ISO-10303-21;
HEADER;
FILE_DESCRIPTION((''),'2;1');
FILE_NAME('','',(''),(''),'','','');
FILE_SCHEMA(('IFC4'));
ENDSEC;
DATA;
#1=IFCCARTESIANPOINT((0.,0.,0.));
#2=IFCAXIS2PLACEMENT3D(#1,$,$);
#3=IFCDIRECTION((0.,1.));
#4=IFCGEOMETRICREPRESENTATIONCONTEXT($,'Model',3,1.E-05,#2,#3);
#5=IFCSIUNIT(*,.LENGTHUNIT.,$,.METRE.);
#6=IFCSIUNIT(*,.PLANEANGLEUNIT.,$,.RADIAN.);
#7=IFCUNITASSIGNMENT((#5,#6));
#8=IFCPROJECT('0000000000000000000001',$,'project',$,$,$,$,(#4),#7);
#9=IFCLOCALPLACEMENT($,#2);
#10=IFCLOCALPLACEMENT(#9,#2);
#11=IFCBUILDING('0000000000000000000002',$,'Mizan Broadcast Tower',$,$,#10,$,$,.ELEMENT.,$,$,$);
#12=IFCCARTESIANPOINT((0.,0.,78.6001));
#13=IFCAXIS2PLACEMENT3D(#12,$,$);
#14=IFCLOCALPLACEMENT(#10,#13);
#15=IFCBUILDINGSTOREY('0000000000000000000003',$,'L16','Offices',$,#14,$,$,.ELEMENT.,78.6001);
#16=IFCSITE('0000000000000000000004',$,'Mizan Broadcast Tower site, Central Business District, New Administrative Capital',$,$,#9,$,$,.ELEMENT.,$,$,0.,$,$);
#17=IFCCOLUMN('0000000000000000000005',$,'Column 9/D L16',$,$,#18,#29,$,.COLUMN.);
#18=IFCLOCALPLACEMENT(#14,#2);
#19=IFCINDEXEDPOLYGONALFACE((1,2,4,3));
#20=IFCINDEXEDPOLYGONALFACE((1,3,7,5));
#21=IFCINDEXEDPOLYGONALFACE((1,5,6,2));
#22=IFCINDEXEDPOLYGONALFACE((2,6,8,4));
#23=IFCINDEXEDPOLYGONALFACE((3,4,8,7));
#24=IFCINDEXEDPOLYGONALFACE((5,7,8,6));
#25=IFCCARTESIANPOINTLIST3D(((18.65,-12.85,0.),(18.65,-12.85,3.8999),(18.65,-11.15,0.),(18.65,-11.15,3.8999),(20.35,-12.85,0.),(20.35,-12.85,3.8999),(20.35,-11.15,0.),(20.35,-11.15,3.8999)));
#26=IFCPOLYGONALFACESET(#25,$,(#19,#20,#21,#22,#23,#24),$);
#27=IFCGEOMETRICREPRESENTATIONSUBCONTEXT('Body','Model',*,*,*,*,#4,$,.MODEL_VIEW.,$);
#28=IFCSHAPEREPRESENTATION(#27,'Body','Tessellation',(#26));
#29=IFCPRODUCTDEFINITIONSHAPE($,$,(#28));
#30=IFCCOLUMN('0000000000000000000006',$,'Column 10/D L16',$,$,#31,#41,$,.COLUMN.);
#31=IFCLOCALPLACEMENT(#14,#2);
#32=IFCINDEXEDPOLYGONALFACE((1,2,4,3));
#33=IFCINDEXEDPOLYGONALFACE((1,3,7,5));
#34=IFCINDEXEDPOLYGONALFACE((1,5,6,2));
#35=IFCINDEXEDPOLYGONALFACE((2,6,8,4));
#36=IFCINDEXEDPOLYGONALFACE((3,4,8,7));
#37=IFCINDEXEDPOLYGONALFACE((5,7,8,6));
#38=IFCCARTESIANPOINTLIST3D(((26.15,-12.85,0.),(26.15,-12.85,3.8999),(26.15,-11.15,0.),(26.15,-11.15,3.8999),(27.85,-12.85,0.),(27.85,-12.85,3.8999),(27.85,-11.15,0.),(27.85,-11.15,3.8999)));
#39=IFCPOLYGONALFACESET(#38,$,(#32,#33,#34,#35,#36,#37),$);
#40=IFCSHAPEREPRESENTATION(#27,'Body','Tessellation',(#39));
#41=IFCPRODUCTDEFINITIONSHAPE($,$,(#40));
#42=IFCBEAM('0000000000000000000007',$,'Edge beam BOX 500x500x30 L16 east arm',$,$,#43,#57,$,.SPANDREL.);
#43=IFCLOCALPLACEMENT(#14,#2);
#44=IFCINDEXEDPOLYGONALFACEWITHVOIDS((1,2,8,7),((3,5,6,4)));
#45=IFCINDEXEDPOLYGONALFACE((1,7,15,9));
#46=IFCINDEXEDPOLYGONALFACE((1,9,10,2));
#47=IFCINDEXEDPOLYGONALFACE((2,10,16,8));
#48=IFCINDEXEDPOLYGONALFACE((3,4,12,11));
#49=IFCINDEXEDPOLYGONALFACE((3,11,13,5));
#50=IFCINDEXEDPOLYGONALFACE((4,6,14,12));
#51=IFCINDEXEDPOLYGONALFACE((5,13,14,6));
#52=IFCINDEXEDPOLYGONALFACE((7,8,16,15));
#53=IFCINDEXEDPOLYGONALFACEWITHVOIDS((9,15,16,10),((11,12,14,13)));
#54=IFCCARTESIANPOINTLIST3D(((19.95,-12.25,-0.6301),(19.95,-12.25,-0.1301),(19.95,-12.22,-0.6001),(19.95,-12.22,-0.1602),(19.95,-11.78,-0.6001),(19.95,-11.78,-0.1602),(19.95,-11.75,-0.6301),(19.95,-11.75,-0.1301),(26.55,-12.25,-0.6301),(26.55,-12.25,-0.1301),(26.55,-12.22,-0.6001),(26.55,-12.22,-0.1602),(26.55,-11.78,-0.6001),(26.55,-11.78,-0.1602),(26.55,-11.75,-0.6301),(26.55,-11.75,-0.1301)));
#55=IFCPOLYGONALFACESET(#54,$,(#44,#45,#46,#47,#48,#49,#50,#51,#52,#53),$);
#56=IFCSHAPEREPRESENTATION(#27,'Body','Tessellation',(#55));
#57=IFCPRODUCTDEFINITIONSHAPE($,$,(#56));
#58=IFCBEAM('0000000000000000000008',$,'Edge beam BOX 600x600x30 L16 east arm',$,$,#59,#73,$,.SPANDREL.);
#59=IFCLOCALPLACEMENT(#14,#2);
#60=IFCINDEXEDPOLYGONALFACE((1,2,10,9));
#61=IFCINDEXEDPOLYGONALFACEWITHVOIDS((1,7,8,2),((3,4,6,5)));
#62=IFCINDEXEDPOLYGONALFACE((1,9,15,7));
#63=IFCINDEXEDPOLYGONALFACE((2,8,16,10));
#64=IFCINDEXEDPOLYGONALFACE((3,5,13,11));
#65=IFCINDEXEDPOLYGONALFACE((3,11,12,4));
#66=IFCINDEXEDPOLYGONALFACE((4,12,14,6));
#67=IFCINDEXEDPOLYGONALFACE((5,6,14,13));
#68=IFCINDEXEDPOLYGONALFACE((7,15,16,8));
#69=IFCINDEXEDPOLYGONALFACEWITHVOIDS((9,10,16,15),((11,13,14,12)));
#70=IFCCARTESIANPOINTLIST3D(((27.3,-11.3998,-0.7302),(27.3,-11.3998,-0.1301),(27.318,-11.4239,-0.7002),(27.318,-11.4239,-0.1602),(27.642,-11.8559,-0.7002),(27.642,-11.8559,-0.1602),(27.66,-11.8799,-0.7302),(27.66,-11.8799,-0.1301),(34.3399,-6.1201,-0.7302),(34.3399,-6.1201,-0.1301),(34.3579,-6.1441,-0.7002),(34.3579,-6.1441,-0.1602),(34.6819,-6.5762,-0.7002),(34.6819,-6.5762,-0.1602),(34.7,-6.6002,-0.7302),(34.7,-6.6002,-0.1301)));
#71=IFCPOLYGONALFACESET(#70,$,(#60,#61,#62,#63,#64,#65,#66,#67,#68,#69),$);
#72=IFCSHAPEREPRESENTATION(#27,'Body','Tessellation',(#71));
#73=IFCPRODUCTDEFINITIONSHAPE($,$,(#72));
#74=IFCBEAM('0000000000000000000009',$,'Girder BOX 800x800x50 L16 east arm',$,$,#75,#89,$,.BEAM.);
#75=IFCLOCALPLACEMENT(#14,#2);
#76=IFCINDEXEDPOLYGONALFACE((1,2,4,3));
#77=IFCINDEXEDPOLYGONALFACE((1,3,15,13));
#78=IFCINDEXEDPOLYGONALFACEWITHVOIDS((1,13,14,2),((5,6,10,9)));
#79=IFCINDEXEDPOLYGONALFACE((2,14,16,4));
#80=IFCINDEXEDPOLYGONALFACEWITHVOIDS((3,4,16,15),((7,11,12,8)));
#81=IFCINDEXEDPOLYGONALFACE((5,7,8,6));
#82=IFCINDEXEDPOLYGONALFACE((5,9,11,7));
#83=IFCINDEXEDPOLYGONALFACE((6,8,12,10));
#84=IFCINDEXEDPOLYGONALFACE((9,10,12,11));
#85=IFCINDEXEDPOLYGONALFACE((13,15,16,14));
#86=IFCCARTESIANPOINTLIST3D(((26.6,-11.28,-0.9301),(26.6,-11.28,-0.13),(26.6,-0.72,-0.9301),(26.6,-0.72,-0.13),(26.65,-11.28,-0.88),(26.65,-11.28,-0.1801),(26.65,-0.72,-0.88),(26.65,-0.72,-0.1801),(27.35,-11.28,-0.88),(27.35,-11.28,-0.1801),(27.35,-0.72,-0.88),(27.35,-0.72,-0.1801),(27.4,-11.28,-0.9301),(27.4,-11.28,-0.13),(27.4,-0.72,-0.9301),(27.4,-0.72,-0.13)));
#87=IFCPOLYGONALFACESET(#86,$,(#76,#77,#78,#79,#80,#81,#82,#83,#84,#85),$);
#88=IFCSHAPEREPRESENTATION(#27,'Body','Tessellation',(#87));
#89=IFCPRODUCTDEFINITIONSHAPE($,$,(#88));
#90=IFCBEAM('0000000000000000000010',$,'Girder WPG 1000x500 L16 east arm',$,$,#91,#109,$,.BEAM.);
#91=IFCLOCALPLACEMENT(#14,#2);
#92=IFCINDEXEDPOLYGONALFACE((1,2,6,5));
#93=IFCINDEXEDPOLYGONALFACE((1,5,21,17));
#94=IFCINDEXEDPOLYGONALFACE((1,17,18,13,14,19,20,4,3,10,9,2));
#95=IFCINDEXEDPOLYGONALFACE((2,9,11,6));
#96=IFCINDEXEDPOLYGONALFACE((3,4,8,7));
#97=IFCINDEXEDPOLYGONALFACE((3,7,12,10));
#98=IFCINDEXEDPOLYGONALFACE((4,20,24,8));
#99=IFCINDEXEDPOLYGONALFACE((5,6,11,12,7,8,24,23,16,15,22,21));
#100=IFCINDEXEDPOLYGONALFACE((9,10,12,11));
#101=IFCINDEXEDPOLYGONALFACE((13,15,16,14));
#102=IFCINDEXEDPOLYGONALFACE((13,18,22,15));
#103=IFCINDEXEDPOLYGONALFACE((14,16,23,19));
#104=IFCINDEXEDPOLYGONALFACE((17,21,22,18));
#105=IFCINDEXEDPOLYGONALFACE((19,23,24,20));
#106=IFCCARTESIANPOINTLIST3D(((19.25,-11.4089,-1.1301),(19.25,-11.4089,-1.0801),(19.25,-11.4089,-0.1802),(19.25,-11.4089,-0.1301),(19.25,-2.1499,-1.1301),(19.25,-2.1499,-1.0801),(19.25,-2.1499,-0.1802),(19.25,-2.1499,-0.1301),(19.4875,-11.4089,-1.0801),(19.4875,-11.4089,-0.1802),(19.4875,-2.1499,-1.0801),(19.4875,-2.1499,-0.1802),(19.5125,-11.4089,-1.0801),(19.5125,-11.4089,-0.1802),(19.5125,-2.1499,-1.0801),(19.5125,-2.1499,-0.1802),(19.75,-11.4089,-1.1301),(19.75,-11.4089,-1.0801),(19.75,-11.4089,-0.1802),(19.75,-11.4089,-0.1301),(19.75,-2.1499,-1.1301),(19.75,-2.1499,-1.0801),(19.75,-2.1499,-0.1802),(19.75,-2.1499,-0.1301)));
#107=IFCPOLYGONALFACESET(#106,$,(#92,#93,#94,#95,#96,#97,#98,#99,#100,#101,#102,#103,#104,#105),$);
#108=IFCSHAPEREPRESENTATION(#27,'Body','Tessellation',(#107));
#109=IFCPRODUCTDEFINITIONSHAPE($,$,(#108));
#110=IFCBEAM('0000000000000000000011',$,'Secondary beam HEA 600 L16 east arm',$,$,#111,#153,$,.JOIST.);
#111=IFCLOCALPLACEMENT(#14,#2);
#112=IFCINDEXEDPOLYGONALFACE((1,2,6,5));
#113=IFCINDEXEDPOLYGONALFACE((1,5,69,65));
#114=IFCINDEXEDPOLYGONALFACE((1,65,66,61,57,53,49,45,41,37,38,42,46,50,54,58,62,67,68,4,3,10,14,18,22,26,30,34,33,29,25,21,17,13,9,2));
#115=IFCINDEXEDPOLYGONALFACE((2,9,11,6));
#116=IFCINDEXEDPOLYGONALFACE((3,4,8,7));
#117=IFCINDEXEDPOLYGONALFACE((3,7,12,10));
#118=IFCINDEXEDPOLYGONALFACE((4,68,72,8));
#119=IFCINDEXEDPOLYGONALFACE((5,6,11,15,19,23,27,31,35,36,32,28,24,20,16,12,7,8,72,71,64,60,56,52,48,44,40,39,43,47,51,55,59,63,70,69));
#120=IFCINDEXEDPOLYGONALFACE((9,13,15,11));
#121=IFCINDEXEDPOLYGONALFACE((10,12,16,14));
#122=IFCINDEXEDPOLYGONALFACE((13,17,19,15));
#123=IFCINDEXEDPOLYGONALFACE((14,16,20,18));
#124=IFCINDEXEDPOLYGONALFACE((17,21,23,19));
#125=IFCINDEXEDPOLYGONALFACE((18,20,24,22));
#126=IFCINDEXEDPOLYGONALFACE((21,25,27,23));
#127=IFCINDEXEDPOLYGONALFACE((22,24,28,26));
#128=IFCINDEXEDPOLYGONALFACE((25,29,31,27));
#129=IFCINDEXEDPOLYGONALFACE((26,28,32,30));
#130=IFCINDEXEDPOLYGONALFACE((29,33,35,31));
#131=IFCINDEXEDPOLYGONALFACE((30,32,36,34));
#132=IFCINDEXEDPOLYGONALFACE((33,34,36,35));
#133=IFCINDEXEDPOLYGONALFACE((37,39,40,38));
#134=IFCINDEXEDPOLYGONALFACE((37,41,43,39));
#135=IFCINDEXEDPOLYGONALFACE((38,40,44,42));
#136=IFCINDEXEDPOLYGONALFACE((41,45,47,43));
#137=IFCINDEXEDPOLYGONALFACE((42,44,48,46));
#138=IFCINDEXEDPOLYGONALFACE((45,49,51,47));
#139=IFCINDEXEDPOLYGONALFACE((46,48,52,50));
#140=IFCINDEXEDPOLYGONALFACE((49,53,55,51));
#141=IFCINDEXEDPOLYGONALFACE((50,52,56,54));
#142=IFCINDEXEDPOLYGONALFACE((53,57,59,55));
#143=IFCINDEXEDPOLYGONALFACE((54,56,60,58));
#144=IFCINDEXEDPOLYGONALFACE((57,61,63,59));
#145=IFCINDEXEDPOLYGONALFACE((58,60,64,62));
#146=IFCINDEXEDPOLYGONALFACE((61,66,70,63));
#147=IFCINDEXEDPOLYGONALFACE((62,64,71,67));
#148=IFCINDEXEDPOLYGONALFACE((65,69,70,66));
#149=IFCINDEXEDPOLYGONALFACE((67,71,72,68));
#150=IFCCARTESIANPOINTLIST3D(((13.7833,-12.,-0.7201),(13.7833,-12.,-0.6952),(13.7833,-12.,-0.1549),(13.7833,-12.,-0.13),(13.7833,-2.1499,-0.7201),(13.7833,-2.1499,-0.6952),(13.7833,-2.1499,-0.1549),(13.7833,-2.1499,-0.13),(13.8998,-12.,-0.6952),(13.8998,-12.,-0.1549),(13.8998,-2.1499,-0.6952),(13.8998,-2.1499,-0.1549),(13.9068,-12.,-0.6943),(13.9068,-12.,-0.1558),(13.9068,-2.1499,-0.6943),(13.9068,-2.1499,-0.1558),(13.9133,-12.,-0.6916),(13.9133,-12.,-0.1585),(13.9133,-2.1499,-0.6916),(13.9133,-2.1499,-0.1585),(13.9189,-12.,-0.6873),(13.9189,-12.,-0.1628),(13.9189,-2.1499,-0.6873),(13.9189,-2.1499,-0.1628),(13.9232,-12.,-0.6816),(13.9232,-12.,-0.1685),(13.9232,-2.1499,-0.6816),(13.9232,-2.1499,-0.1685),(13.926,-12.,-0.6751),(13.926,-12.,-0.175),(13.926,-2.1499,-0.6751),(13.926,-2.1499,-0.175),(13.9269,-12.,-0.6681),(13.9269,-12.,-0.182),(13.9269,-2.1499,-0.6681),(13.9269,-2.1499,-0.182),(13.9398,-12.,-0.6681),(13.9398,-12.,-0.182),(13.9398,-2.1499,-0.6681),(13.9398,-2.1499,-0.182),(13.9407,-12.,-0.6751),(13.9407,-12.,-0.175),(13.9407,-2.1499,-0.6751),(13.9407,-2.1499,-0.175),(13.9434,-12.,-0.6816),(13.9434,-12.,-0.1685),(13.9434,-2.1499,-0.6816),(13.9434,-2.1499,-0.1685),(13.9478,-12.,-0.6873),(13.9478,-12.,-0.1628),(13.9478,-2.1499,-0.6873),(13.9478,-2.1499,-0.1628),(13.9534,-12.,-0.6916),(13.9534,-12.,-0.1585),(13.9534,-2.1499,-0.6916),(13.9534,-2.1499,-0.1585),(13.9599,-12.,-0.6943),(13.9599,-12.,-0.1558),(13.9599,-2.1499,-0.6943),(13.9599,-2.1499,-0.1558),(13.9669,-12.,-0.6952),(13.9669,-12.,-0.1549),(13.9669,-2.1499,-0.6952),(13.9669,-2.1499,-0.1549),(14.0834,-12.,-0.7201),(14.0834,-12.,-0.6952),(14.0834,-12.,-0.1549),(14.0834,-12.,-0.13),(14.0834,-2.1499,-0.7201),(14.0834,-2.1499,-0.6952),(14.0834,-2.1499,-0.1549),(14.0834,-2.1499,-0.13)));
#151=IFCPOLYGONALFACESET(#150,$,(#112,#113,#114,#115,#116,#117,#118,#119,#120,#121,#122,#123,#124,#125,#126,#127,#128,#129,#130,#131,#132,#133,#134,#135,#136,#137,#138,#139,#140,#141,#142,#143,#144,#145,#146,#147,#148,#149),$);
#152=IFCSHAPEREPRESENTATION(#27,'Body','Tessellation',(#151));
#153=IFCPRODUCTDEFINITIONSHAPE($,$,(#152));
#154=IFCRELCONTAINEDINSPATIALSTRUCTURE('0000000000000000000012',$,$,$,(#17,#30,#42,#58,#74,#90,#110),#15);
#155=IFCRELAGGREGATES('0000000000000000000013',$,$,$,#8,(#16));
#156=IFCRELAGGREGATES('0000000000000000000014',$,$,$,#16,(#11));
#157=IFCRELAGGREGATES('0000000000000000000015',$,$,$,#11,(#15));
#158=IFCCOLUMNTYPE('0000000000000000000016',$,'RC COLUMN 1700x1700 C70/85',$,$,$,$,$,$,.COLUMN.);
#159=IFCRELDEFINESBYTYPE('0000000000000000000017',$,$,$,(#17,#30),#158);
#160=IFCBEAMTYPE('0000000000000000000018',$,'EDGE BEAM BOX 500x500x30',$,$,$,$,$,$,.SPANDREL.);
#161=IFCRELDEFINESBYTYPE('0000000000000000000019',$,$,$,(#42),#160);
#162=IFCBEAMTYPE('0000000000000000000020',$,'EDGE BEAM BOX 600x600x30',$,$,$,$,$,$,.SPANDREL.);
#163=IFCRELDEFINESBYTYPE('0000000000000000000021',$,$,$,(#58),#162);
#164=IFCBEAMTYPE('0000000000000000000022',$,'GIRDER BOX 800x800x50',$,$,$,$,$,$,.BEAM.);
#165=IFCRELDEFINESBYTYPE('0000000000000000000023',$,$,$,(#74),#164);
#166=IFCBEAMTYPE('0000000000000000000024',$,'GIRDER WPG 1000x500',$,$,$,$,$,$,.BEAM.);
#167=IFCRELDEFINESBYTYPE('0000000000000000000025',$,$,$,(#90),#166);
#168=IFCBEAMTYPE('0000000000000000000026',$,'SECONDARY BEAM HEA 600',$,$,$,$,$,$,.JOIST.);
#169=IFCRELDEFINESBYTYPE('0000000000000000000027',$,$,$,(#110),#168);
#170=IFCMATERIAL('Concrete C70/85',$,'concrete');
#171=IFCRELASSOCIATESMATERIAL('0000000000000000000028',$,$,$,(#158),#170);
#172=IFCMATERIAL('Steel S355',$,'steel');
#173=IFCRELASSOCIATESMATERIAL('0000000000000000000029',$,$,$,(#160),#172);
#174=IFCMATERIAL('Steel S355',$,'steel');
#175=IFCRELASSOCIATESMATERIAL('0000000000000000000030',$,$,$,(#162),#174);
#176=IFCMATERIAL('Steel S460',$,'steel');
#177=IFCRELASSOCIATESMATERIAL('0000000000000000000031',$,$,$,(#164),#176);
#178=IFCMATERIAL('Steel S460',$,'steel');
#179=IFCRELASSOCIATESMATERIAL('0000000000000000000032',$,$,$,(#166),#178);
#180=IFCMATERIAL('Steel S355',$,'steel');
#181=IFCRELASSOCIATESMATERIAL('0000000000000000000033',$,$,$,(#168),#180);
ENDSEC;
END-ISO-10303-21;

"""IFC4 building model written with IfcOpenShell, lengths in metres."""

from ifc_helpers import new_model, si_unit, direction, frame, origin, origin_2d, place, context, subcontext, project, spatial, rectangle, hollow_rectangle, i_section, extrude, material, material_profile, profile_set, type_object, element, save


model = new_model("IFC4")

# Units and contexts
model_context = context("Model", 3, precision=1e-05, world=origin(), true_north=direction((0.0, 1.0)))
body_context = subcontext(model_context, "Body", "Model", "MODEL_VIEW")
ifc_project = project(units=[si_unit("LENGTHUNIT", "METRE"), si_unit("PLANEANGLEUNIT", "RADIAN")], contexts=[model_context])

# Site, building, storey
site_placement = place(None, origin())
site = spatial("IfcSite", under=ifc_project, at=site_placement, Name="Mizan Broadcast Tower site, Central Business District, New Administrative Capital", CompositionType="ELEMENT", RefElevation=0.0)
building_placement = place(site_placement, origin())
building = spatial("IfcBuilding", under=site, at=building_placement, Name="Mizan Broadcast Tower", CompositionType="ELEMENT")
storey_placement = place(building_placement, frame((0.0, 0.0, 78.6001)))
storey = spatial("IfcBuildingStorey", under=building, at=storey_placement, Name="L16", Description="Offices", CompositionType="ELEMENT", Elevation=78.6001)

# Columns
ifc_material_1 = material(Name="Concrete C70/85", Category="concrete")
ifc_material_profile_1 = material_profile(ifc_material_1, rectangle(XDim=1.7, YDim=1.7, at=origin_2d()), Name="RC 1700x1700")
ifc_profile_set_1 = profile_set([ifc_material_profile_1], Name="Concrete C70/85")
column_type = type_object("IfcColumnType", Name="RC COLUMN 1700x1700 C70/85", PredefinedType="COLUMN", material=ifc_profile_set_1)
for number, where, z_axis, x_axis, name in (
    (1, (19.5, -12.0, 0.0), (0.0, 0.0, 1.0), (1.0, 0.0, 0.0), "Column 9/D L16"),
    (2, (27.0, -12.0, 0.0), (0.0, 0.0, 1.0), (1.0, 0.0, 0.0), "Column 10/D L16"),
):
    element("IfcColumn", number, at=place(storey_placement, frame(where, z_axis=z_axis, x_axis=x_axis)), inside=storey, type_object=column_type, Name=name, PredefinedType="COLUMN", context=body_context, shape_type="SweptSolid", body=[
        extrude(rectangle(XDim=1.7, YDim=1.7, at=origin_2d()), origin(), (0.0, 0.0, 1.0), 3.8999),
    ])

# Beams
ifc_material_2 = material(Name="Steel S355", Category="steel")
ifc_material_profile_2 = material_profile(ifc_material_2, hollow_rectangle(XDim=0.5, YDim=0.5, WallThickness=0.03, at=origin_2d()), Name="BOX 500x500x30")
ifc_profile_set_2 = profile_set([ifc_material_profile_2], Name="Steel S355")
beam_type_1 = type_object("IfcBeamType", Name="EDGE BEAM BOX 500x500x30", PredefinedType="SPANDREL", material=ifc_profile_set_2)
beam_1_placement = place(storey_placement, frame((19.95, -12.0, -0.3801), z_axis=(1.0, 0.0, 0.0), x_axis=(0.0, 1.0, 0.0)))
element("IfcBeam", 3, at=beam_1_placement, inside=storey, type_object=beam_type_1, Name="Edge beam BOX 500x500x30 L16 east arm", PredefinedType="SPANDREL", context=body_context, shape_type="SweptSolid", body=[
    extrude(hollow_rectangle(XDim=0.5, YDim=0.5, WallThickness=0.03, at=origin_2d()), origin(), (0.0, 0.0, 1.0), 6.6001),
])
ifc_material_3 = material(Name="Steel S355", Category="steel")
ifc_material_profile_3 = material_profile(ifc_material_3, hollow_rectangle(XDim=0.6001, YDim=0.6001, WallThickness=0.03, at=origin_2d()), Name="BOX 600x600x30")
ifc_profile_set_3 = profile_set([ifc_material_profile_3], Name="Steel S355")
beam_type_2 = type_object("IfcBeamType", Name="EDGE BEAM BOX 600x600x30", PredefinedType="SPANDREL", material=ifc_profile_set_3)
beam_2_placement = place(storey_placement, frame((27.48, -11.6399, -0.4302), z_axis=(0.800013, 0.599982, 0.0), x_axis=(-0.599982, 0.800013, 0.0)))
element("IfcBeam", 4, at=beam_2_placement, inside=storey, type_object=beam_type_2, Name="Edge beam BOX 600x600x30 L16 east arm", PredefinedType="SPANDREL", context=body_context, shape_type="SweptSolid", body=[
    extrude(hollow_rectangle(XDim=0.6001, YDim=0.6001, WallThickness=0.03, at=origin_2d()), origin(), (0.0, 0.0, 1.0), 8.7998),
])
ifc_material_4 = material(Name="Steel S460", Category="steel")
ifc_material_profile_4 = material_profile(ifc_material_4, hollow_rectangle(XDim=0.8, YDim=0.8, WallThickness=0.05, at=origin_2d()), Name="BOX 800x800x50")
ifc_profile_set_4 = profile_set([ifc_material_profile_4], Name="Steel S460")
beam_type_3 = type_object("IfcBeamType", Name="GIRDER BOX 800x800x50", PredefinedType="BEAM", material=ifc_profile_set_4)
beam_3_placement = place(storey_placement, frame((27.0, -11.28, -0.53), z_axis=(0.0, 1.0, 0.0), x_axis=(-1.0, 0.0, 0.0)))
element("IfcBeam", 5, at=beam_3_placement, inside=storey, type_object=beam_type_3, Name="Girder BOX 800x800x50 L16 east arm", PredefinedType="BEAM", context=body_context, shape_type="SweptSolid", body=[
    extrude(hollow_rectangle(XDim=0.8, YDim=0.8, WallThickness=0.05, at=origin_2d()), origin(), (0.0, 0.0, 1.0), 10.5601),
])
ifc_material_5 = material(Name="Steel S460", Category="steel")
ifc_material_profile_5 = material_profile(ifc_material_5, i_section(OverallWidth=0.5, OverallDepth=1.0, WebThickness=0.0249, FlangeThickness=0.05, at=origin_2d()), Name="WPG 1000x500")
ifc_profile_set_5 = profile_set([ifc_material_profile_5], Name="Steel S460")
beam_type_4 = type_object("IfcBeamType", Name="GIRDER WPG 1000x500", PredefinedType="BEAM", material=ifc_profile_set_5)
beam_4_placement = place(storey_placement, frame((19.5, -11.4089, -0.6301), z_axis=(0.0, 1.0, 0.0), x_axis=(-1.0, 0.0, 0.0)))
element("IfcBeam", 6, at=beam_4_placement, inside=storey, type_object=beam_type_4, Name="Girder WPG 1000x500 L16 east arm", PredefinedType="BEAM", context=body_context, shape_type="SweptSolid", body=[
    extrude(i_section(OverallWidth=0.5, OverallDepth=1.0, WebThickness=0.0249, FlangeThickness=0.05, at=origin_2d()), origin(), (0.0, 0.0, 1.0), 9.259),
])
ifc_material_6 = material(Name="Steel S355", Category="steel")
ifc_material_profile_6 = material_profile(ifc_material_6, i_section(OverallWidth=0.3, OverallDepth=0.5901, WebThickness=0.0129, FlangeThickness=0.0249, FilletRadius=0.0271, at=origin_2d()), Name="HEA 600")
ifc_profile_set_6 = profile_set([ifc_material_profile_6], Name="Steel S355")
beam_type_5 = type_object("IfcBeamType", Name="SECONDARY BEAM HEA 600", PredefinedType="JOIST", material=ifc_profile_set_6)
for number, where, z_axis, x_axis, name in (
    (7, (13.9333, -12.0, -0.425), (0.0, 1.0, 0.0), (-1.0, 0.0, 0.0), "Secondary beam HEA 600 L16 east arm"),
):
    element("IfcBeam", number, at=place(storey_placement, frame(where, z_axis=z_axis, x_axis=x_axis)), inside=storey, type_object=beam_type_5, Name=name, PredefinedType="JOIST", context=body_context, shape_type="SweptSolid", body=[
        extrude(i_section(OverallWidth=0.3, OverallDepth=0.5901, WebThickness=0.0129, FlangeThickness=0.0249, FilletRadius=0.0271, at=origin_2d()), origin(), (0.0, 0.0, 1.0), 9.8501),
    ])

save(model, "model.ifc")
